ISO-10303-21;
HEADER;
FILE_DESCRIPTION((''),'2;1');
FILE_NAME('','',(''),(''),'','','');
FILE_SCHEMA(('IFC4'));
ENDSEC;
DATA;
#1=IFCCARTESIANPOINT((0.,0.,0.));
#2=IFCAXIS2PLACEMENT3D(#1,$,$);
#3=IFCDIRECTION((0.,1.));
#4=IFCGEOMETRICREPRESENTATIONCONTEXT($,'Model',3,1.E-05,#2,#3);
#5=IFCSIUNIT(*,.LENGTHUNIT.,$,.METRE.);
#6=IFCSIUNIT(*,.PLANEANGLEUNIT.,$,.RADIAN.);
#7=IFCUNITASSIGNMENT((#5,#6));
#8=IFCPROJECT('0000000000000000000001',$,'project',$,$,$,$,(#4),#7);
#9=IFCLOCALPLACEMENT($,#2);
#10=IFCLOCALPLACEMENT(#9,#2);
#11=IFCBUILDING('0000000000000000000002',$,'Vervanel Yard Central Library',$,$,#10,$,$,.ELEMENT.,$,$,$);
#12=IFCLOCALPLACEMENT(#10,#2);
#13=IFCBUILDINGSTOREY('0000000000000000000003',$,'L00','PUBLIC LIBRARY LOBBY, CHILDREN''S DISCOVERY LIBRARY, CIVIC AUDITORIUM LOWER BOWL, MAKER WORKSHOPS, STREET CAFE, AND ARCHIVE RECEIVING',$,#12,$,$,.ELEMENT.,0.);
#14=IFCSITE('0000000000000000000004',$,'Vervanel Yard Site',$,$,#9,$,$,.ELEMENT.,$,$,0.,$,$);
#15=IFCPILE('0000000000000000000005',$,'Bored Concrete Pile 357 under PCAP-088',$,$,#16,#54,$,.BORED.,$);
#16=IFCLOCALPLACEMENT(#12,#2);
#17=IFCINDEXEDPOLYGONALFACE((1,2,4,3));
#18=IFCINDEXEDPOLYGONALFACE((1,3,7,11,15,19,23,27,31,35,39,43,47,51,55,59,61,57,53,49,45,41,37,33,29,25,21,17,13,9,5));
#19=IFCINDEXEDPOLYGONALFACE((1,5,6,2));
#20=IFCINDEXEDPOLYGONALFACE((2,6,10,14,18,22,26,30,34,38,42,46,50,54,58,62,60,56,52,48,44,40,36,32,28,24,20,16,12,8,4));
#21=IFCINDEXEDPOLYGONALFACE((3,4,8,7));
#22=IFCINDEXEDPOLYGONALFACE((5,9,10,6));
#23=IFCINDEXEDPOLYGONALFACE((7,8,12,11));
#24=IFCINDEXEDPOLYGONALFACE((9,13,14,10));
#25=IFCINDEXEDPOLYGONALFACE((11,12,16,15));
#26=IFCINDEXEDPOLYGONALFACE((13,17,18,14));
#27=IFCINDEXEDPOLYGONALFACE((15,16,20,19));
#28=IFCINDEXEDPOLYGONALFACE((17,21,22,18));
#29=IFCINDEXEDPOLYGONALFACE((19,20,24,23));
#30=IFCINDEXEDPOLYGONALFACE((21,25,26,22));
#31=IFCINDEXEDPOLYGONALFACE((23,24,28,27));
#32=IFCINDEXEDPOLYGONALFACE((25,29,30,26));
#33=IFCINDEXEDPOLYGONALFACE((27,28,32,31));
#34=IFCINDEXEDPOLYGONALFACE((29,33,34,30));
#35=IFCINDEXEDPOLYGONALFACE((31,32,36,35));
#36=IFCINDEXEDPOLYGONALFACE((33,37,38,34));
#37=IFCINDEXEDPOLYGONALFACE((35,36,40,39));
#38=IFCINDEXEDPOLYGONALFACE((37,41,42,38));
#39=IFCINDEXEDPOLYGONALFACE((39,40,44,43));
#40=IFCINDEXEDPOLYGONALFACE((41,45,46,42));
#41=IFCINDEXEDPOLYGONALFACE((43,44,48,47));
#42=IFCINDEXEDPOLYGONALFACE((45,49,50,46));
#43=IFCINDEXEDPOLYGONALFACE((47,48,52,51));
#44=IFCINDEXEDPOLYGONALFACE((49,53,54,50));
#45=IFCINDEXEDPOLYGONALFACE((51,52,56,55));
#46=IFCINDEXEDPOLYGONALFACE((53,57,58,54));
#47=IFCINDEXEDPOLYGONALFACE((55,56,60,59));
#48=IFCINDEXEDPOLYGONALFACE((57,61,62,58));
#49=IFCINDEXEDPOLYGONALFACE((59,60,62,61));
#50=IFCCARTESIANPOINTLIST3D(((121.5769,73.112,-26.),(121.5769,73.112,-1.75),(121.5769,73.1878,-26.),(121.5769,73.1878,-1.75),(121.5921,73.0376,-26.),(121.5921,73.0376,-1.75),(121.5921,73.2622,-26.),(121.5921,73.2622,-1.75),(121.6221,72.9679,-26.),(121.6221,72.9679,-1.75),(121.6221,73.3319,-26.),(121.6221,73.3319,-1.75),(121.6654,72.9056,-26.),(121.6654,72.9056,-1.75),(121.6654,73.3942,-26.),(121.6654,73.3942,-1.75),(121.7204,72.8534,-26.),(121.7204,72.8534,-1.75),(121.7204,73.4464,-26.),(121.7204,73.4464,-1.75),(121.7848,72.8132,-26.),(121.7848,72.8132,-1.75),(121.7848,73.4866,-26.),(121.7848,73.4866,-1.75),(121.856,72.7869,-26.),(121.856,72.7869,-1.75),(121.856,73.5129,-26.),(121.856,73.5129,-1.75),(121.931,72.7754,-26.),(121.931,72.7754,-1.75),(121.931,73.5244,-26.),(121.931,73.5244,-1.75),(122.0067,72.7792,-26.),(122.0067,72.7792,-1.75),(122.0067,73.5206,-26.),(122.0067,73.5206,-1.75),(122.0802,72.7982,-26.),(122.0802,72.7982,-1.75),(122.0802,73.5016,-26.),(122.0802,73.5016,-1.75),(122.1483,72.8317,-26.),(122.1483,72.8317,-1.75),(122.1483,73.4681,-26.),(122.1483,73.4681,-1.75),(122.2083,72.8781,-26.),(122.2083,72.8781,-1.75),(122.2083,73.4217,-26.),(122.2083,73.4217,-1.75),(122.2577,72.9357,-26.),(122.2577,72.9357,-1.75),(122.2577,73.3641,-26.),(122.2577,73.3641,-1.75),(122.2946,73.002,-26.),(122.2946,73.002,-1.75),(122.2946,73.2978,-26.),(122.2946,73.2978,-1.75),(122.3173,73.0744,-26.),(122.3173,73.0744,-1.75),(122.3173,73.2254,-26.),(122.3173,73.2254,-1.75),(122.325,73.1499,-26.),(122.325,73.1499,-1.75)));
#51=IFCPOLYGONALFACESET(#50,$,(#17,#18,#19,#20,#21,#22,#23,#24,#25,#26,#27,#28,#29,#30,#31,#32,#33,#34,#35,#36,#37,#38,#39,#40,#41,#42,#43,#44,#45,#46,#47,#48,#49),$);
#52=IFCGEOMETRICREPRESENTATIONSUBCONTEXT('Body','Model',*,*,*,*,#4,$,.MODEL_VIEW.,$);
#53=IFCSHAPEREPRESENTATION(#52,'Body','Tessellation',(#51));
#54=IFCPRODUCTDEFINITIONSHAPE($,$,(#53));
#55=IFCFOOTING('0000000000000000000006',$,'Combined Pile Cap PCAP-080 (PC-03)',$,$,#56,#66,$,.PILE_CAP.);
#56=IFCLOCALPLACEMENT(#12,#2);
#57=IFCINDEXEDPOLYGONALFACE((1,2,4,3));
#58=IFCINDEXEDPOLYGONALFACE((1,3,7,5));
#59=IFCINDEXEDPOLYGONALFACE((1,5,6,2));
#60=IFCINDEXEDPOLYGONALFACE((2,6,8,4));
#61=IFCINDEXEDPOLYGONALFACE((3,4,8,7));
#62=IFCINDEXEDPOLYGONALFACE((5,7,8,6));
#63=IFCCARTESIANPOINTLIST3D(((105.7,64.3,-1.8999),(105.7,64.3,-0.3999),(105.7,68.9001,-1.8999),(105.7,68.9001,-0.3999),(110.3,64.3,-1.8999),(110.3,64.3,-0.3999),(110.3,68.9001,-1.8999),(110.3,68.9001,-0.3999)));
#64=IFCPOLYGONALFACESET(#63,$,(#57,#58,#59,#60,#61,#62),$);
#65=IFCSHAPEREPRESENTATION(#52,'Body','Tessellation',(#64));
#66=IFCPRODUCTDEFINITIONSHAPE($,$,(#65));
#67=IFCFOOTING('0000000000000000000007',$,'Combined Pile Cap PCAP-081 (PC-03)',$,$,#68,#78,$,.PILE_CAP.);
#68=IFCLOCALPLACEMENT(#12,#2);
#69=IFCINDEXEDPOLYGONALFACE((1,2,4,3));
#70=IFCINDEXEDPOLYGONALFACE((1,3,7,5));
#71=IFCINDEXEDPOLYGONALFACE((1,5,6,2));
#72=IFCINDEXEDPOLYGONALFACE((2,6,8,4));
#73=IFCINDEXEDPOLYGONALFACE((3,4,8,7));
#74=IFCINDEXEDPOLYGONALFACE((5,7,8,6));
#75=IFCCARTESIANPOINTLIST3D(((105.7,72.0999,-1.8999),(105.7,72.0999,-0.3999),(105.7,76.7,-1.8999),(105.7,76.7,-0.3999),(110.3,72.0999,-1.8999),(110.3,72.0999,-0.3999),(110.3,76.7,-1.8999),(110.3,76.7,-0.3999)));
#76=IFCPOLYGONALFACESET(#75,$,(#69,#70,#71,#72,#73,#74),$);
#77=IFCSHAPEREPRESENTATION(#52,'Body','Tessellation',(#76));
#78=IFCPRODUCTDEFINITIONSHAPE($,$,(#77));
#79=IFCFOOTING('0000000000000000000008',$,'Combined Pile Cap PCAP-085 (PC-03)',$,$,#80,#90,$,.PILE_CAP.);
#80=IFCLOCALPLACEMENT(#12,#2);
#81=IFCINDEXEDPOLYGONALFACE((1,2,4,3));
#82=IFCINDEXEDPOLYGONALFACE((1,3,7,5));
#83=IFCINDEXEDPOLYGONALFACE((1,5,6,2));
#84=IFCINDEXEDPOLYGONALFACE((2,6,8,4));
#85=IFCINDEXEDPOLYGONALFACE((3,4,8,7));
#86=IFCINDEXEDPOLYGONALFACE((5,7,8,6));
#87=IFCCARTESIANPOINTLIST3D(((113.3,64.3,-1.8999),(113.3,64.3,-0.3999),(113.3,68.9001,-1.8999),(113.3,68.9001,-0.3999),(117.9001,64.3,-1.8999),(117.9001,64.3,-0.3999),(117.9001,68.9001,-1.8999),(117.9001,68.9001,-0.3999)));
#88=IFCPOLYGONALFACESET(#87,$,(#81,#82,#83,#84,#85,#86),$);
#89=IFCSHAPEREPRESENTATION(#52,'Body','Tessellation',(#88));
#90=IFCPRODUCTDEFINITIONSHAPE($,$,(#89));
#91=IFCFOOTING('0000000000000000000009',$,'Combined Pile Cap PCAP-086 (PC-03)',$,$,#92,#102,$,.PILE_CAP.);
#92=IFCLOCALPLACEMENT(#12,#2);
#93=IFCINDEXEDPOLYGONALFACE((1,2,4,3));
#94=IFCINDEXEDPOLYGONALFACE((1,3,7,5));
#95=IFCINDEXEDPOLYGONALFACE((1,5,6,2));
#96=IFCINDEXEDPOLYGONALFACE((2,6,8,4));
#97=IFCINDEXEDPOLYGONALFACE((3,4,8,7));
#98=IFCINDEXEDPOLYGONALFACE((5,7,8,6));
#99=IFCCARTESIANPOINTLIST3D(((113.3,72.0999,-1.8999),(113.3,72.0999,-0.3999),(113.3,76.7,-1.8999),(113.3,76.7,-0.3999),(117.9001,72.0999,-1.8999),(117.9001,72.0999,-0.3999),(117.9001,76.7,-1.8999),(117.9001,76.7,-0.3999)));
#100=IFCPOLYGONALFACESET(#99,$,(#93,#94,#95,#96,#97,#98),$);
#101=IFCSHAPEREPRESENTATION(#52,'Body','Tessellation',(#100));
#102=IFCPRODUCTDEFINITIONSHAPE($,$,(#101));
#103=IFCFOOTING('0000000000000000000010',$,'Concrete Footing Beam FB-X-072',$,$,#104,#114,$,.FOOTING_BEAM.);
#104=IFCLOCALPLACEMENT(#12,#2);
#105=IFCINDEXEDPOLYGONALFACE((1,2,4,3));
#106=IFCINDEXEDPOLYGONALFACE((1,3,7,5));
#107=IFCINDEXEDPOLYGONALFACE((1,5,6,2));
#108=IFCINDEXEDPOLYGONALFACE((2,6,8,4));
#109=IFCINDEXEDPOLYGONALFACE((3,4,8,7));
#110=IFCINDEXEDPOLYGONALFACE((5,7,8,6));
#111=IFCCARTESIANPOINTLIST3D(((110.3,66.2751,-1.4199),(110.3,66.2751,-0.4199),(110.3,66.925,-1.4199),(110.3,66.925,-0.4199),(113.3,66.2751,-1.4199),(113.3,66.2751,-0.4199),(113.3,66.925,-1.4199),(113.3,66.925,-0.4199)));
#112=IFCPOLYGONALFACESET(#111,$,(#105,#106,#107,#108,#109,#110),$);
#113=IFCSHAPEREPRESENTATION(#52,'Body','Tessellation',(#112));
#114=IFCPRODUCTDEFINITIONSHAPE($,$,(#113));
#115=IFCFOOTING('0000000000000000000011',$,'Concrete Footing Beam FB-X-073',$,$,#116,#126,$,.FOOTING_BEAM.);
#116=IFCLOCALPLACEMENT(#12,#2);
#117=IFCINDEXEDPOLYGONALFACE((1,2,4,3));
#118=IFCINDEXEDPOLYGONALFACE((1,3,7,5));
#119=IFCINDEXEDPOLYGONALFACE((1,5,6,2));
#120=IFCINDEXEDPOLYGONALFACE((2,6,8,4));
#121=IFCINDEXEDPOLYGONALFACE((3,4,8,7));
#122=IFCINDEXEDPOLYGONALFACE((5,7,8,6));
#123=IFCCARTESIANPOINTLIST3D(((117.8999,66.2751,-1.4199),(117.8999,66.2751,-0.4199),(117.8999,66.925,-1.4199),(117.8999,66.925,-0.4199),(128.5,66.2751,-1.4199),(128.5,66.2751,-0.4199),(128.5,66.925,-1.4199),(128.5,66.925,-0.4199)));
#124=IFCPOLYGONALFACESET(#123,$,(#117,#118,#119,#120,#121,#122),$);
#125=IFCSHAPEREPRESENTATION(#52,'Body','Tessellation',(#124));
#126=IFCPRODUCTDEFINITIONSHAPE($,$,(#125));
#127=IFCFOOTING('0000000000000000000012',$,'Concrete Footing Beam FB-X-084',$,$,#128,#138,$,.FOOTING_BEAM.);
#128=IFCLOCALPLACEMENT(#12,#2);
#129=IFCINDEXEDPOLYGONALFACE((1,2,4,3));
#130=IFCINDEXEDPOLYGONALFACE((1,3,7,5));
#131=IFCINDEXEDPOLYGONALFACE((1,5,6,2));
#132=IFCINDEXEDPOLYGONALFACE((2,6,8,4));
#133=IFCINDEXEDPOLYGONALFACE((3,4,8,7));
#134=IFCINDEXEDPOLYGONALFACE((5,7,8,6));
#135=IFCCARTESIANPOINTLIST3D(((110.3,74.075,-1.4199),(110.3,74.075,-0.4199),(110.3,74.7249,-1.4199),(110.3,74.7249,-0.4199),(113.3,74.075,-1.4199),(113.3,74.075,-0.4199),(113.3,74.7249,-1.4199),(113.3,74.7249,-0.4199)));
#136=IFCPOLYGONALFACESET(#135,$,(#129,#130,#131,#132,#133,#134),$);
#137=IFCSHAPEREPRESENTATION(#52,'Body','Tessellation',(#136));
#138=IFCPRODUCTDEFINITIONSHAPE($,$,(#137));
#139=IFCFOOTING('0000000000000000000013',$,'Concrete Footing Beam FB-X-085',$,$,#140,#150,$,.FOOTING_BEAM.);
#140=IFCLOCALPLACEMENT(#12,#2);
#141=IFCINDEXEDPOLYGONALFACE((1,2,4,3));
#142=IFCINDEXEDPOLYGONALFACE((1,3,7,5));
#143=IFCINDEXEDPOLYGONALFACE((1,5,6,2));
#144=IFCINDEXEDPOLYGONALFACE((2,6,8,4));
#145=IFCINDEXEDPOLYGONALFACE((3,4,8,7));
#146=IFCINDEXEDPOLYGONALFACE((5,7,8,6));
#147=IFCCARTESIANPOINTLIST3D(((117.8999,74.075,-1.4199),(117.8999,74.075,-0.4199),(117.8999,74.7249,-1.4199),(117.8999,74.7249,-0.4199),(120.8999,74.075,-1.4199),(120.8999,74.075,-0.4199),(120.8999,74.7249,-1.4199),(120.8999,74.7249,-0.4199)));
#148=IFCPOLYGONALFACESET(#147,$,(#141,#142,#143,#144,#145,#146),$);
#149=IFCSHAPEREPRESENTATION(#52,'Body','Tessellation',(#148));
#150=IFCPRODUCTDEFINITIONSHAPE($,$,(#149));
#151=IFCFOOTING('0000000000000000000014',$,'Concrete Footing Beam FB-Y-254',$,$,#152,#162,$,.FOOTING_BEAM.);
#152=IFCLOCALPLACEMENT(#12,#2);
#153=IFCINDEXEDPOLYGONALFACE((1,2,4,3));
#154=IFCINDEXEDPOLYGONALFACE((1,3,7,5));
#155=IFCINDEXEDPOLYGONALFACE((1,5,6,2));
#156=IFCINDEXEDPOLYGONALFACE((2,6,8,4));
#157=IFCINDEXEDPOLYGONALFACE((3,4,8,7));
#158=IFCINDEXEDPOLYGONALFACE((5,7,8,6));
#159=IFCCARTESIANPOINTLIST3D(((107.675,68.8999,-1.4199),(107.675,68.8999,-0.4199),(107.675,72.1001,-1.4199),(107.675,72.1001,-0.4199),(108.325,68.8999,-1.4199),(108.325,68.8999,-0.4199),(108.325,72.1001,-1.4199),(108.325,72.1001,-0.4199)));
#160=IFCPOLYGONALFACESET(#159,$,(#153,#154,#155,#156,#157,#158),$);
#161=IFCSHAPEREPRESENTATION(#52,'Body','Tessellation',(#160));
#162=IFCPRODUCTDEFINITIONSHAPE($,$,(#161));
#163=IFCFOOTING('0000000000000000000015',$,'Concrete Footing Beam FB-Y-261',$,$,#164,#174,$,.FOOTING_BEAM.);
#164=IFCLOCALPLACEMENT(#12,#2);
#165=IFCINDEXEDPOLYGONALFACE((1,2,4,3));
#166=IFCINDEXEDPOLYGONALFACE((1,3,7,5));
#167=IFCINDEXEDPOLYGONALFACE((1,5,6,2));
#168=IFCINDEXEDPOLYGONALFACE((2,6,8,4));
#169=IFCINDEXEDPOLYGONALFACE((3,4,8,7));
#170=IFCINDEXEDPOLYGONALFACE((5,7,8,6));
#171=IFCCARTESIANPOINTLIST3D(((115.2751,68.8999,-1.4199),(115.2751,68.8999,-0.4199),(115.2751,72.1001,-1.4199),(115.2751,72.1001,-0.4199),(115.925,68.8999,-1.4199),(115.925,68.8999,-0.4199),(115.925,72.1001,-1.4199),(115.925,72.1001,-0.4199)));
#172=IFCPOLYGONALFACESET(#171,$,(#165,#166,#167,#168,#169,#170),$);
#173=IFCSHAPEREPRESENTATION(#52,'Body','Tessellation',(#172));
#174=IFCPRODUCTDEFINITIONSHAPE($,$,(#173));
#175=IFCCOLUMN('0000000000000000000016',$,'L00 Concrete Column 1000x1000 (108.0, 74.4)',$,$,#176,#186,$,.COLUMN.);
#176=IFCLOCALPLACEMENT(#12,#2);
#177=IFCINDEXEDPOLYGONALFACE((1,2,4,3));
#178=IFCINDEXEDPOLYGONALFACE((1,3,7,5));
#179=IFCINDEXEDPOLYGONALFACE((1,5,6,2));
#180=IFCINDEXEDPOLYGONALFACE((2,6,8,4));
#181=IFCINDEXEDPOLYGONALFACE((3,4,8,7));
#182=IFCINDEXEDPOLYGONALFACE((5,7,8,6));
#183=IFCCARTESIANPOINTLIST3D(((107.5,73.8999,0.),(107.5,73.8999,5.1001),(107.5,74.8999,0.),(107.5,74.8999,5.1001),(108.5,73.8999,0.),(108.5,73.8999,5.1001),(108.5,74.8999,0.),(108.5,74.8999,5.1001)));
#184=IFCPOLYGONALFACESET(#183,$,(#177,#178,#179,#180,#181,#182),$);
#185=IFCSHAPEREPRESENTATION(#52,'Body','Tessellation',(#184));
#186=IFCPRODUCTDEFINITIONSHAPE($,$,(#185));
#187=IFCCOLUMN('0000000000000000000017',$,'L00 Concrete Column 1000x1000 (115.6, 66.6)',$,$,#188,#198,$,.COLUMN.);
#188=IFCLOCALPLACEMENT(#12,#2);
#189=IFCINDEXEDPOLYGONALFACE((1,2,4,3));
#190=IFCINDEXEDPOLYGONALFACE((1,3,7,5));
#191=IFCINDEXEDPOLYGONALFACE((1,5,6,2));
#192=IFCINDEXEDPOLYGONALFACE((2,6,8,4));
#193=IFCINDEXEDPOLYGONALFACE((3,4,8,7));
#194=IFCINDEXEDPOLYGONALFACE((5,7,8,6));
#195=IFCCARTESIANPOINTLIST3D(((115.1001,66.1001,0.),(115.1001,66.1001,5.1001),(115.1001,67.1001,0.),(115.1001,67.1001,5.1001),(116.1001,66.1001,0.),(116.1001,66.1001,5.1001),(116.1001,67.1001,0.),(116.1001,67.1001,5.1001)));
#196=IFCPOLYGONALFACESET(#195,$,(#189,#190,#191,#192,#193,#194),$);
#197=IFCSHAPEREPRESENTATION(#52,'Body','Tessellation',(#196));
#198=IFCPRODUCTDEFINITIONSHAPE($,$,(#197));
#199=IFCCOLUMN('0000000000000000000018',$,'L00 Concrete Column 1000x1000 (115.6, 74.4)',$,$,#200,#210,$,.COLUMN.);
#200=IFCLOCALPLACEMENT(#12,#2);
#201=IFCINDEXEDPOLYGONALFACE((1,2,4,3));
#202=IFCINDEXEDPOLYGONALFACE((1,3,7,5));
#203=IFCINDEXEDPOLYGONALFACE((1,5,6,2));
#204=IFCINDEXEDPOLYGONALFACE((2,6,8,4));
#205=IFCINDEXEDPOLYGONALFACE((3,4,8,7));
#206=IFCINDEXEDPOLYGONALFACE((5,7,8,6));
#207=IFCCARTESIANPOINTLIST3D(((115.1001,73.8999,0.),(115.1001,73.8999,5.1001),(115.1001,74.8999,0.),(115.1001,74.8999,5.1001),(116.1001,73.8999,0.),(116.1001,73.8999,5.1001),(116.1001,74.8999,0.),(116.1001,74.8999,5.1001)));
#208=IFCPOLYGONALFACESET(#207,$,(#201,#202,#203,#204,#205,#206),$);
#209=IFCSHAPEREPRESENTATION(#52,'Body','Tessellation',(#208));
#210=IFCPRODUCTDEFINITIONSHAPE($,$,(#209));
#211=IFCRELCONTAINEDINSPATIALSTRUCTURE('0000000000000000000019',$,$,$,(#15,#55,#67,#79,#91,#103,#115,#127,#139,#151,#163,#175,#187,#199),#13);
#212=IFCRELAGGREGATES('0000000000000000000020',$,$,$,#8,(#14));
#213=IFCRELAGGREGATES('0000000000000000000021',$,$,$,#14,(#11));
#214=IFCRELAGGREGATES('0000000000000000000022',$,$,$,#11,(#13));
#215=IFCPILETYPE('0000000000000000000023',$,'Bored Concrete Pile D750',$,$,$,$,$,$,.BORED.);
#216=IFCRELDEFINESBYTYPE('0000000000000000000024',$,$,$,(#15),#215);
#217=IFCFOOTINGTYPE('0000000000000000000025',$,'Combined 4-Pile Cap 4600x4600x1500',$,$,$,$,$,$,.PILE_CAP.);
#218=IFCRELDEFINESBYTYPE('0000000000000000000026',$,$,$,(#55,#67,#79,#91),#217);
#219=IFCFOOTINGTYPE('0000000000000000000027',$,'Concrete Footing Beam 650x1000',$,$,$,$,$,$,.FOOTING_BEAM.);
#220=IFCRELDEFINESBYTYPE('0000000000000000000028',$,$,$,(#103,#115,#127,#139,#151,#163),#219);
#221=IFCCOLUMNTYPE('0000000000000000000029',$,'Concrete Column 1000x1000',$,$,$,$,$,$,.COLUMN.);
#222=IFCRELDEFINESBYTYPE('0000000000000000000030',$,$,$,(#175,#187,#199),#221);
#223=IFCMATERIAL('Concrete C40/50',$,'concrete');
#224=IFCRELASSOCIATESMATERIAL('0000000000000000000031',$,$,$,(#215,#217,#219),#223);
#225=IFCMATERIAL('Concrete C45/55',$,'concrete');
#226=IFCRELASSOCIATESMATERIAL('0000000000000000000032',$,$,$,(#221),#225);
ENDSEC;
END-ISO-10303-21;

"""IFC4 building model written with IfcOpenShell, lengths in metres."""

from ifc_helpers import new_model, si_unit, direction, frame, origin, origin_2d, place, context, subcontext, project, spatial, rectangle, circle, extrude, material, material_profile, profile_set, type_object, element, save


model = new_model("IFC4")

# Units and contexts
model_context = context("Model", 3, precision=1e-05, world=origin(), true_north=direction((0.0, 1.0)))
body_context = subcontext(model_context, "Body", "Model", "MODEL_VIEW")
ifc_project = project(units=[si_unit("LENGTHUNIT", "METRE"), si_unit("PLANEANGLEUNIT", "RADIAN")], contexts=[model_context])

# Site, building, storey
site_placement = place(None, origin())
site = spatial("IfcSite", under=ifc_project, at=site_placement, Name="Vervanel Yard Site", CompositionType="ELEMENT", RefElevation=0.0)
building_placement = place(site_placement, origin())
building = spatial("IfcBuilding", under=site, at=building_placement, Name="Vervanel Yard Central Library", CompositionType="ELEMENT")
storey_placement = place(building_placement, origin())
storey = spatial("IfcBuildingStorey", under=building, at=storey_placement, Name="L00", Description="PUBLIC LIBRARY LOBBY, CHILDREN'S DISCOVERY LIBRARY, CIVIC AUDITORIUM LOWER BOWL, MAKER WORKSHOPS, STREET CAFE, AND ARCHIVE RECEIVING", CompositionType="ELEMENT", Elevation=0.0)

# Pile
ifc_material_1 = material(Name="Concrete C40/50", Category="concrete")
ifc_material_profile_1 = material_profile(ifc_material_1, circle(Radius=0.375, at=origin_2d()), Name="BP D750", Category="concrete")
ifc_profile_set_1 = profile_set([ifc_material_profile_1], Name="Concrete C40/50")
pile_type = type_object("IfcPileType", Name="Bored Concrete Pile D750", PredefinedType="BORED", material=ifc_profile_set_1)
for number, where, z_axis, x_axis, name in (
    (1, (121.95, 73.1499, -1.75), (0.0, 0.0, -1.0), (1.0, 0.0, 0.0), "Bored Concrete Pile 357 under PCAP-088"),
):
    element("IfcPile", number, at=place(storey_placement, frame(where, z_axis=z_axis, x_axis=x_axis)), inside=storey, type_object=pile_type, Name=name, PredefinedType="BORED", context=body_context, shape_type="SweptSolid", body=[
        extrude(circle(Radius=0.375, at=origin_2d()), origin(), (0.0, 0.0, 1.0), 24.25),
    ])

# Footings
footing_type_1 = type_object("IfcFootingType", Name="Combined 4-Pile Cap 4600x4600x1500", PredefinedType="PILE_CAP", material=ifc_material_1)
for number, where, z_axis, x_axis, name in (
    (2, (108.0, 66.6001, -1.8999), (0.0, 0.0, 1.0), (1.0, 0.0, 0.0), "Combined Pile Cap PCAP-080 (PC-03)"),
    (3, (108.0, 74.3999, -1.8999), (0.0, 0.0, 1.0), (1.0, 0.0, 0.0), "Combined Pile Cap PCAP-081 (PC-03)"),
    (4, (115.6001, 66.6001, -1.8999), (0.0, 0.0, 1.0), (1.0, 0.0, 0.0), "Combined Pile Cap PCAP-085 (PC-03)"),
    (5, (115.6001, 74.3999, -1.8999), (0.0, 0.0, 1.0), (1.0, 0.0, 0.0), "Combined Pile Cap PCAP-086 (PC-03)"),
):
    element("IfcFooting", number, at=place(storey_placement, frame(where, z_axis=z_axis, x_axis=x_axis)), inside=storey, type_object=footing_type_1, Name=name, PredefinedType="PILE_CAP", context=body_context, shape_type="SweptSolid", body=[
        extrude(rectangle(XDim=4.6001, YDim=4.6001, at=origin_2d()), origin(), (0.0, 0.0, 1.0), 1.5),
    ])
ifc_material_profile_2 = material_profile(ifc_material_1, rectangle(XDim=0.6499, YDim=1.0, at=origin_2d()), Name="RC 650x1000", Category="concrete")
ifc_profile_set_2 = profile_set([ifc_material_profile_2], Name="Concrete C40/50")
footing_type_2 = type_object("IfcFootingType", Name="Concrete Footing Beam 650x1000", PredefinedType="FOOTING_BEAM", material=ifc_profile_set_2)
footing_1_placement = place(storey_placement, frame((110.3, 66.6001, -0.9199), z_axis=(1.0, 0.0, 0.0), x_axis=(0.0, 1.0, 0.0)))
element("IfcFooting", 6, at=footing_1_placement, inside=storey, type_object=footing_type_2, Name="Concrete Footing Beam FB-X-072", PredefinedType="FOOTING_BEAM", context=body_context, shape_type="SweptSolid", body=[
    extrude(rectangle(XDim=0.6499, YDim=1.0, at=origin_2d()), origin(), (0.0, 0.0, 1.0), 3.0),
])
footing_2_placement = place(storey_placement, frame((117.8999, 66.6001, -0.9199), z_axis=(1.0, 0.0, 0.0), x_axis=(0.0, 1.0, 0.0)))
element("IfcFooting", 7, at=footing_2_placement, inside=storey, type_object=footing_type_2, Name="Concrete Footing Beam FB-X-073", PredefinedType="FOOTING_BEAM", context=body_context, shape_type="SweptSolid", body=[
    extrude(rectangle(XDim=0.6499, YDim=1.0, at=origin_2d()), origin(), (0.0, 0.0, 1.0), 10.6001),
])
for number, where, z_axis, x_axis, name in (
    (8, (110.3, 74.3999, -0.9199), (1.0, 0.0, 0.0), (0.0, 1.0, 0.0), "Concrete Footing Beam FB-X-084"),
    (9, (117.8999, 74.3999, -0.9199), (1.0, 0.0, 0.0), (0.0, 1.0, 0.0), "Concrete Footing Beam FB-X-085"),
):
    element("IfcFooting", number, at=place(storey_placement, frame(where, z_axis=z_axis, x_axis=x_axis)), inside=storey, type_object=footing_type_2, Name=name, PredefinedType="FOOTING_BEAM", context=body_context, shape_type="SweptSolid", body=[
        extrude(rectangle(XDim=0.6499, YDim=1.0, at=origin_2d()), origin(), (0.0, 0.0, 1.0), 3.0),
    ])
for number, where, z_axis, x_axis, name in (
    (10, (108.0, 68.8999, -0.9199), (0.0, 1.0, 0.0), (-1.0, 0.0, 0.0), "Concrete Footing Beam FB-Y-254"),
    (11, (115.6001, 68.8999, -0.9199), (0.0, 1.0, 0.0), (-1.0, 0.0, 0.0), "Concrete Footing Beam FB-Y-261"),
):
    element("IfcFooting", number, at=place(storey_placement, frame(where, z_axis=z_axis, x_axis=x_axis)), inside=storey, type_object=footing_type_2, Name=name, PredefinedType="FOOTING_BEAM", context=body_context, shape_type="SweptSolid", body=[
        extrude(rectangle(XDim=0.6499, YDim=1.0, at=origin_2d()), origin(), (0.0, 0.0, 1.0), 3.2002),
    ])

# Columns
ifc_material_2 = material(Name="Concrete C45/55", Category="concrete")
ifc_material_profile_3 = material_profile(ifc_material_2, rectangle(XDim=1.0, YDim=1.0, at=origin_2d()), Name="RC 1000x1000", Category="concrete")
ifc_profile_set_3 = profile_set([ifc_material_profile_3], Name="Concrete C45/55")
column_type = type_object("IfcColumnType", Name="Concrete Column 1000x1000", PredefinedType="COLUMN", material=ifc_profile_set_3)
for number, where, z_axis, x_axis, name in (
    (12, (108.0, 74.3999, 0.0), (0.0, 0.0, 1.0), (1.0, 0.0, 0.0), "L00 Concrete Column 1000x1000 (108.0, 74.4)"),
    (13, (115.6001, 66.6001, 0.0), (0.0, 0.0, 1.0), (1.0, 0.0, 0.0), "L00 Concrete Column 1000x1000 (115.6, 66.6)"),
    (14, (115.6001, 74.3999, 0.0), (0.0, 0.0, 1.0), (1.0, 0.0, 0.0), "L00 Concrete Column 1000x1000 (115.6, 74.4)"),
):
    element("IfcColumn", number, at=place(storey_placement, frame(where, z_axis=z_axis, x_axis=x_axis)), inside=storey, type_object=column_type, Name=name, PredefinedType="COLUMN", context=body_context, shape_type="SweptSolid", body=[
        extrude(rectangle(XDim=1.0, YDim=1.0, at=origin_2d()), origin(), (0.0, 0.0, 1.0), 5.1001),
    ])

save(model, "model.ifc")
